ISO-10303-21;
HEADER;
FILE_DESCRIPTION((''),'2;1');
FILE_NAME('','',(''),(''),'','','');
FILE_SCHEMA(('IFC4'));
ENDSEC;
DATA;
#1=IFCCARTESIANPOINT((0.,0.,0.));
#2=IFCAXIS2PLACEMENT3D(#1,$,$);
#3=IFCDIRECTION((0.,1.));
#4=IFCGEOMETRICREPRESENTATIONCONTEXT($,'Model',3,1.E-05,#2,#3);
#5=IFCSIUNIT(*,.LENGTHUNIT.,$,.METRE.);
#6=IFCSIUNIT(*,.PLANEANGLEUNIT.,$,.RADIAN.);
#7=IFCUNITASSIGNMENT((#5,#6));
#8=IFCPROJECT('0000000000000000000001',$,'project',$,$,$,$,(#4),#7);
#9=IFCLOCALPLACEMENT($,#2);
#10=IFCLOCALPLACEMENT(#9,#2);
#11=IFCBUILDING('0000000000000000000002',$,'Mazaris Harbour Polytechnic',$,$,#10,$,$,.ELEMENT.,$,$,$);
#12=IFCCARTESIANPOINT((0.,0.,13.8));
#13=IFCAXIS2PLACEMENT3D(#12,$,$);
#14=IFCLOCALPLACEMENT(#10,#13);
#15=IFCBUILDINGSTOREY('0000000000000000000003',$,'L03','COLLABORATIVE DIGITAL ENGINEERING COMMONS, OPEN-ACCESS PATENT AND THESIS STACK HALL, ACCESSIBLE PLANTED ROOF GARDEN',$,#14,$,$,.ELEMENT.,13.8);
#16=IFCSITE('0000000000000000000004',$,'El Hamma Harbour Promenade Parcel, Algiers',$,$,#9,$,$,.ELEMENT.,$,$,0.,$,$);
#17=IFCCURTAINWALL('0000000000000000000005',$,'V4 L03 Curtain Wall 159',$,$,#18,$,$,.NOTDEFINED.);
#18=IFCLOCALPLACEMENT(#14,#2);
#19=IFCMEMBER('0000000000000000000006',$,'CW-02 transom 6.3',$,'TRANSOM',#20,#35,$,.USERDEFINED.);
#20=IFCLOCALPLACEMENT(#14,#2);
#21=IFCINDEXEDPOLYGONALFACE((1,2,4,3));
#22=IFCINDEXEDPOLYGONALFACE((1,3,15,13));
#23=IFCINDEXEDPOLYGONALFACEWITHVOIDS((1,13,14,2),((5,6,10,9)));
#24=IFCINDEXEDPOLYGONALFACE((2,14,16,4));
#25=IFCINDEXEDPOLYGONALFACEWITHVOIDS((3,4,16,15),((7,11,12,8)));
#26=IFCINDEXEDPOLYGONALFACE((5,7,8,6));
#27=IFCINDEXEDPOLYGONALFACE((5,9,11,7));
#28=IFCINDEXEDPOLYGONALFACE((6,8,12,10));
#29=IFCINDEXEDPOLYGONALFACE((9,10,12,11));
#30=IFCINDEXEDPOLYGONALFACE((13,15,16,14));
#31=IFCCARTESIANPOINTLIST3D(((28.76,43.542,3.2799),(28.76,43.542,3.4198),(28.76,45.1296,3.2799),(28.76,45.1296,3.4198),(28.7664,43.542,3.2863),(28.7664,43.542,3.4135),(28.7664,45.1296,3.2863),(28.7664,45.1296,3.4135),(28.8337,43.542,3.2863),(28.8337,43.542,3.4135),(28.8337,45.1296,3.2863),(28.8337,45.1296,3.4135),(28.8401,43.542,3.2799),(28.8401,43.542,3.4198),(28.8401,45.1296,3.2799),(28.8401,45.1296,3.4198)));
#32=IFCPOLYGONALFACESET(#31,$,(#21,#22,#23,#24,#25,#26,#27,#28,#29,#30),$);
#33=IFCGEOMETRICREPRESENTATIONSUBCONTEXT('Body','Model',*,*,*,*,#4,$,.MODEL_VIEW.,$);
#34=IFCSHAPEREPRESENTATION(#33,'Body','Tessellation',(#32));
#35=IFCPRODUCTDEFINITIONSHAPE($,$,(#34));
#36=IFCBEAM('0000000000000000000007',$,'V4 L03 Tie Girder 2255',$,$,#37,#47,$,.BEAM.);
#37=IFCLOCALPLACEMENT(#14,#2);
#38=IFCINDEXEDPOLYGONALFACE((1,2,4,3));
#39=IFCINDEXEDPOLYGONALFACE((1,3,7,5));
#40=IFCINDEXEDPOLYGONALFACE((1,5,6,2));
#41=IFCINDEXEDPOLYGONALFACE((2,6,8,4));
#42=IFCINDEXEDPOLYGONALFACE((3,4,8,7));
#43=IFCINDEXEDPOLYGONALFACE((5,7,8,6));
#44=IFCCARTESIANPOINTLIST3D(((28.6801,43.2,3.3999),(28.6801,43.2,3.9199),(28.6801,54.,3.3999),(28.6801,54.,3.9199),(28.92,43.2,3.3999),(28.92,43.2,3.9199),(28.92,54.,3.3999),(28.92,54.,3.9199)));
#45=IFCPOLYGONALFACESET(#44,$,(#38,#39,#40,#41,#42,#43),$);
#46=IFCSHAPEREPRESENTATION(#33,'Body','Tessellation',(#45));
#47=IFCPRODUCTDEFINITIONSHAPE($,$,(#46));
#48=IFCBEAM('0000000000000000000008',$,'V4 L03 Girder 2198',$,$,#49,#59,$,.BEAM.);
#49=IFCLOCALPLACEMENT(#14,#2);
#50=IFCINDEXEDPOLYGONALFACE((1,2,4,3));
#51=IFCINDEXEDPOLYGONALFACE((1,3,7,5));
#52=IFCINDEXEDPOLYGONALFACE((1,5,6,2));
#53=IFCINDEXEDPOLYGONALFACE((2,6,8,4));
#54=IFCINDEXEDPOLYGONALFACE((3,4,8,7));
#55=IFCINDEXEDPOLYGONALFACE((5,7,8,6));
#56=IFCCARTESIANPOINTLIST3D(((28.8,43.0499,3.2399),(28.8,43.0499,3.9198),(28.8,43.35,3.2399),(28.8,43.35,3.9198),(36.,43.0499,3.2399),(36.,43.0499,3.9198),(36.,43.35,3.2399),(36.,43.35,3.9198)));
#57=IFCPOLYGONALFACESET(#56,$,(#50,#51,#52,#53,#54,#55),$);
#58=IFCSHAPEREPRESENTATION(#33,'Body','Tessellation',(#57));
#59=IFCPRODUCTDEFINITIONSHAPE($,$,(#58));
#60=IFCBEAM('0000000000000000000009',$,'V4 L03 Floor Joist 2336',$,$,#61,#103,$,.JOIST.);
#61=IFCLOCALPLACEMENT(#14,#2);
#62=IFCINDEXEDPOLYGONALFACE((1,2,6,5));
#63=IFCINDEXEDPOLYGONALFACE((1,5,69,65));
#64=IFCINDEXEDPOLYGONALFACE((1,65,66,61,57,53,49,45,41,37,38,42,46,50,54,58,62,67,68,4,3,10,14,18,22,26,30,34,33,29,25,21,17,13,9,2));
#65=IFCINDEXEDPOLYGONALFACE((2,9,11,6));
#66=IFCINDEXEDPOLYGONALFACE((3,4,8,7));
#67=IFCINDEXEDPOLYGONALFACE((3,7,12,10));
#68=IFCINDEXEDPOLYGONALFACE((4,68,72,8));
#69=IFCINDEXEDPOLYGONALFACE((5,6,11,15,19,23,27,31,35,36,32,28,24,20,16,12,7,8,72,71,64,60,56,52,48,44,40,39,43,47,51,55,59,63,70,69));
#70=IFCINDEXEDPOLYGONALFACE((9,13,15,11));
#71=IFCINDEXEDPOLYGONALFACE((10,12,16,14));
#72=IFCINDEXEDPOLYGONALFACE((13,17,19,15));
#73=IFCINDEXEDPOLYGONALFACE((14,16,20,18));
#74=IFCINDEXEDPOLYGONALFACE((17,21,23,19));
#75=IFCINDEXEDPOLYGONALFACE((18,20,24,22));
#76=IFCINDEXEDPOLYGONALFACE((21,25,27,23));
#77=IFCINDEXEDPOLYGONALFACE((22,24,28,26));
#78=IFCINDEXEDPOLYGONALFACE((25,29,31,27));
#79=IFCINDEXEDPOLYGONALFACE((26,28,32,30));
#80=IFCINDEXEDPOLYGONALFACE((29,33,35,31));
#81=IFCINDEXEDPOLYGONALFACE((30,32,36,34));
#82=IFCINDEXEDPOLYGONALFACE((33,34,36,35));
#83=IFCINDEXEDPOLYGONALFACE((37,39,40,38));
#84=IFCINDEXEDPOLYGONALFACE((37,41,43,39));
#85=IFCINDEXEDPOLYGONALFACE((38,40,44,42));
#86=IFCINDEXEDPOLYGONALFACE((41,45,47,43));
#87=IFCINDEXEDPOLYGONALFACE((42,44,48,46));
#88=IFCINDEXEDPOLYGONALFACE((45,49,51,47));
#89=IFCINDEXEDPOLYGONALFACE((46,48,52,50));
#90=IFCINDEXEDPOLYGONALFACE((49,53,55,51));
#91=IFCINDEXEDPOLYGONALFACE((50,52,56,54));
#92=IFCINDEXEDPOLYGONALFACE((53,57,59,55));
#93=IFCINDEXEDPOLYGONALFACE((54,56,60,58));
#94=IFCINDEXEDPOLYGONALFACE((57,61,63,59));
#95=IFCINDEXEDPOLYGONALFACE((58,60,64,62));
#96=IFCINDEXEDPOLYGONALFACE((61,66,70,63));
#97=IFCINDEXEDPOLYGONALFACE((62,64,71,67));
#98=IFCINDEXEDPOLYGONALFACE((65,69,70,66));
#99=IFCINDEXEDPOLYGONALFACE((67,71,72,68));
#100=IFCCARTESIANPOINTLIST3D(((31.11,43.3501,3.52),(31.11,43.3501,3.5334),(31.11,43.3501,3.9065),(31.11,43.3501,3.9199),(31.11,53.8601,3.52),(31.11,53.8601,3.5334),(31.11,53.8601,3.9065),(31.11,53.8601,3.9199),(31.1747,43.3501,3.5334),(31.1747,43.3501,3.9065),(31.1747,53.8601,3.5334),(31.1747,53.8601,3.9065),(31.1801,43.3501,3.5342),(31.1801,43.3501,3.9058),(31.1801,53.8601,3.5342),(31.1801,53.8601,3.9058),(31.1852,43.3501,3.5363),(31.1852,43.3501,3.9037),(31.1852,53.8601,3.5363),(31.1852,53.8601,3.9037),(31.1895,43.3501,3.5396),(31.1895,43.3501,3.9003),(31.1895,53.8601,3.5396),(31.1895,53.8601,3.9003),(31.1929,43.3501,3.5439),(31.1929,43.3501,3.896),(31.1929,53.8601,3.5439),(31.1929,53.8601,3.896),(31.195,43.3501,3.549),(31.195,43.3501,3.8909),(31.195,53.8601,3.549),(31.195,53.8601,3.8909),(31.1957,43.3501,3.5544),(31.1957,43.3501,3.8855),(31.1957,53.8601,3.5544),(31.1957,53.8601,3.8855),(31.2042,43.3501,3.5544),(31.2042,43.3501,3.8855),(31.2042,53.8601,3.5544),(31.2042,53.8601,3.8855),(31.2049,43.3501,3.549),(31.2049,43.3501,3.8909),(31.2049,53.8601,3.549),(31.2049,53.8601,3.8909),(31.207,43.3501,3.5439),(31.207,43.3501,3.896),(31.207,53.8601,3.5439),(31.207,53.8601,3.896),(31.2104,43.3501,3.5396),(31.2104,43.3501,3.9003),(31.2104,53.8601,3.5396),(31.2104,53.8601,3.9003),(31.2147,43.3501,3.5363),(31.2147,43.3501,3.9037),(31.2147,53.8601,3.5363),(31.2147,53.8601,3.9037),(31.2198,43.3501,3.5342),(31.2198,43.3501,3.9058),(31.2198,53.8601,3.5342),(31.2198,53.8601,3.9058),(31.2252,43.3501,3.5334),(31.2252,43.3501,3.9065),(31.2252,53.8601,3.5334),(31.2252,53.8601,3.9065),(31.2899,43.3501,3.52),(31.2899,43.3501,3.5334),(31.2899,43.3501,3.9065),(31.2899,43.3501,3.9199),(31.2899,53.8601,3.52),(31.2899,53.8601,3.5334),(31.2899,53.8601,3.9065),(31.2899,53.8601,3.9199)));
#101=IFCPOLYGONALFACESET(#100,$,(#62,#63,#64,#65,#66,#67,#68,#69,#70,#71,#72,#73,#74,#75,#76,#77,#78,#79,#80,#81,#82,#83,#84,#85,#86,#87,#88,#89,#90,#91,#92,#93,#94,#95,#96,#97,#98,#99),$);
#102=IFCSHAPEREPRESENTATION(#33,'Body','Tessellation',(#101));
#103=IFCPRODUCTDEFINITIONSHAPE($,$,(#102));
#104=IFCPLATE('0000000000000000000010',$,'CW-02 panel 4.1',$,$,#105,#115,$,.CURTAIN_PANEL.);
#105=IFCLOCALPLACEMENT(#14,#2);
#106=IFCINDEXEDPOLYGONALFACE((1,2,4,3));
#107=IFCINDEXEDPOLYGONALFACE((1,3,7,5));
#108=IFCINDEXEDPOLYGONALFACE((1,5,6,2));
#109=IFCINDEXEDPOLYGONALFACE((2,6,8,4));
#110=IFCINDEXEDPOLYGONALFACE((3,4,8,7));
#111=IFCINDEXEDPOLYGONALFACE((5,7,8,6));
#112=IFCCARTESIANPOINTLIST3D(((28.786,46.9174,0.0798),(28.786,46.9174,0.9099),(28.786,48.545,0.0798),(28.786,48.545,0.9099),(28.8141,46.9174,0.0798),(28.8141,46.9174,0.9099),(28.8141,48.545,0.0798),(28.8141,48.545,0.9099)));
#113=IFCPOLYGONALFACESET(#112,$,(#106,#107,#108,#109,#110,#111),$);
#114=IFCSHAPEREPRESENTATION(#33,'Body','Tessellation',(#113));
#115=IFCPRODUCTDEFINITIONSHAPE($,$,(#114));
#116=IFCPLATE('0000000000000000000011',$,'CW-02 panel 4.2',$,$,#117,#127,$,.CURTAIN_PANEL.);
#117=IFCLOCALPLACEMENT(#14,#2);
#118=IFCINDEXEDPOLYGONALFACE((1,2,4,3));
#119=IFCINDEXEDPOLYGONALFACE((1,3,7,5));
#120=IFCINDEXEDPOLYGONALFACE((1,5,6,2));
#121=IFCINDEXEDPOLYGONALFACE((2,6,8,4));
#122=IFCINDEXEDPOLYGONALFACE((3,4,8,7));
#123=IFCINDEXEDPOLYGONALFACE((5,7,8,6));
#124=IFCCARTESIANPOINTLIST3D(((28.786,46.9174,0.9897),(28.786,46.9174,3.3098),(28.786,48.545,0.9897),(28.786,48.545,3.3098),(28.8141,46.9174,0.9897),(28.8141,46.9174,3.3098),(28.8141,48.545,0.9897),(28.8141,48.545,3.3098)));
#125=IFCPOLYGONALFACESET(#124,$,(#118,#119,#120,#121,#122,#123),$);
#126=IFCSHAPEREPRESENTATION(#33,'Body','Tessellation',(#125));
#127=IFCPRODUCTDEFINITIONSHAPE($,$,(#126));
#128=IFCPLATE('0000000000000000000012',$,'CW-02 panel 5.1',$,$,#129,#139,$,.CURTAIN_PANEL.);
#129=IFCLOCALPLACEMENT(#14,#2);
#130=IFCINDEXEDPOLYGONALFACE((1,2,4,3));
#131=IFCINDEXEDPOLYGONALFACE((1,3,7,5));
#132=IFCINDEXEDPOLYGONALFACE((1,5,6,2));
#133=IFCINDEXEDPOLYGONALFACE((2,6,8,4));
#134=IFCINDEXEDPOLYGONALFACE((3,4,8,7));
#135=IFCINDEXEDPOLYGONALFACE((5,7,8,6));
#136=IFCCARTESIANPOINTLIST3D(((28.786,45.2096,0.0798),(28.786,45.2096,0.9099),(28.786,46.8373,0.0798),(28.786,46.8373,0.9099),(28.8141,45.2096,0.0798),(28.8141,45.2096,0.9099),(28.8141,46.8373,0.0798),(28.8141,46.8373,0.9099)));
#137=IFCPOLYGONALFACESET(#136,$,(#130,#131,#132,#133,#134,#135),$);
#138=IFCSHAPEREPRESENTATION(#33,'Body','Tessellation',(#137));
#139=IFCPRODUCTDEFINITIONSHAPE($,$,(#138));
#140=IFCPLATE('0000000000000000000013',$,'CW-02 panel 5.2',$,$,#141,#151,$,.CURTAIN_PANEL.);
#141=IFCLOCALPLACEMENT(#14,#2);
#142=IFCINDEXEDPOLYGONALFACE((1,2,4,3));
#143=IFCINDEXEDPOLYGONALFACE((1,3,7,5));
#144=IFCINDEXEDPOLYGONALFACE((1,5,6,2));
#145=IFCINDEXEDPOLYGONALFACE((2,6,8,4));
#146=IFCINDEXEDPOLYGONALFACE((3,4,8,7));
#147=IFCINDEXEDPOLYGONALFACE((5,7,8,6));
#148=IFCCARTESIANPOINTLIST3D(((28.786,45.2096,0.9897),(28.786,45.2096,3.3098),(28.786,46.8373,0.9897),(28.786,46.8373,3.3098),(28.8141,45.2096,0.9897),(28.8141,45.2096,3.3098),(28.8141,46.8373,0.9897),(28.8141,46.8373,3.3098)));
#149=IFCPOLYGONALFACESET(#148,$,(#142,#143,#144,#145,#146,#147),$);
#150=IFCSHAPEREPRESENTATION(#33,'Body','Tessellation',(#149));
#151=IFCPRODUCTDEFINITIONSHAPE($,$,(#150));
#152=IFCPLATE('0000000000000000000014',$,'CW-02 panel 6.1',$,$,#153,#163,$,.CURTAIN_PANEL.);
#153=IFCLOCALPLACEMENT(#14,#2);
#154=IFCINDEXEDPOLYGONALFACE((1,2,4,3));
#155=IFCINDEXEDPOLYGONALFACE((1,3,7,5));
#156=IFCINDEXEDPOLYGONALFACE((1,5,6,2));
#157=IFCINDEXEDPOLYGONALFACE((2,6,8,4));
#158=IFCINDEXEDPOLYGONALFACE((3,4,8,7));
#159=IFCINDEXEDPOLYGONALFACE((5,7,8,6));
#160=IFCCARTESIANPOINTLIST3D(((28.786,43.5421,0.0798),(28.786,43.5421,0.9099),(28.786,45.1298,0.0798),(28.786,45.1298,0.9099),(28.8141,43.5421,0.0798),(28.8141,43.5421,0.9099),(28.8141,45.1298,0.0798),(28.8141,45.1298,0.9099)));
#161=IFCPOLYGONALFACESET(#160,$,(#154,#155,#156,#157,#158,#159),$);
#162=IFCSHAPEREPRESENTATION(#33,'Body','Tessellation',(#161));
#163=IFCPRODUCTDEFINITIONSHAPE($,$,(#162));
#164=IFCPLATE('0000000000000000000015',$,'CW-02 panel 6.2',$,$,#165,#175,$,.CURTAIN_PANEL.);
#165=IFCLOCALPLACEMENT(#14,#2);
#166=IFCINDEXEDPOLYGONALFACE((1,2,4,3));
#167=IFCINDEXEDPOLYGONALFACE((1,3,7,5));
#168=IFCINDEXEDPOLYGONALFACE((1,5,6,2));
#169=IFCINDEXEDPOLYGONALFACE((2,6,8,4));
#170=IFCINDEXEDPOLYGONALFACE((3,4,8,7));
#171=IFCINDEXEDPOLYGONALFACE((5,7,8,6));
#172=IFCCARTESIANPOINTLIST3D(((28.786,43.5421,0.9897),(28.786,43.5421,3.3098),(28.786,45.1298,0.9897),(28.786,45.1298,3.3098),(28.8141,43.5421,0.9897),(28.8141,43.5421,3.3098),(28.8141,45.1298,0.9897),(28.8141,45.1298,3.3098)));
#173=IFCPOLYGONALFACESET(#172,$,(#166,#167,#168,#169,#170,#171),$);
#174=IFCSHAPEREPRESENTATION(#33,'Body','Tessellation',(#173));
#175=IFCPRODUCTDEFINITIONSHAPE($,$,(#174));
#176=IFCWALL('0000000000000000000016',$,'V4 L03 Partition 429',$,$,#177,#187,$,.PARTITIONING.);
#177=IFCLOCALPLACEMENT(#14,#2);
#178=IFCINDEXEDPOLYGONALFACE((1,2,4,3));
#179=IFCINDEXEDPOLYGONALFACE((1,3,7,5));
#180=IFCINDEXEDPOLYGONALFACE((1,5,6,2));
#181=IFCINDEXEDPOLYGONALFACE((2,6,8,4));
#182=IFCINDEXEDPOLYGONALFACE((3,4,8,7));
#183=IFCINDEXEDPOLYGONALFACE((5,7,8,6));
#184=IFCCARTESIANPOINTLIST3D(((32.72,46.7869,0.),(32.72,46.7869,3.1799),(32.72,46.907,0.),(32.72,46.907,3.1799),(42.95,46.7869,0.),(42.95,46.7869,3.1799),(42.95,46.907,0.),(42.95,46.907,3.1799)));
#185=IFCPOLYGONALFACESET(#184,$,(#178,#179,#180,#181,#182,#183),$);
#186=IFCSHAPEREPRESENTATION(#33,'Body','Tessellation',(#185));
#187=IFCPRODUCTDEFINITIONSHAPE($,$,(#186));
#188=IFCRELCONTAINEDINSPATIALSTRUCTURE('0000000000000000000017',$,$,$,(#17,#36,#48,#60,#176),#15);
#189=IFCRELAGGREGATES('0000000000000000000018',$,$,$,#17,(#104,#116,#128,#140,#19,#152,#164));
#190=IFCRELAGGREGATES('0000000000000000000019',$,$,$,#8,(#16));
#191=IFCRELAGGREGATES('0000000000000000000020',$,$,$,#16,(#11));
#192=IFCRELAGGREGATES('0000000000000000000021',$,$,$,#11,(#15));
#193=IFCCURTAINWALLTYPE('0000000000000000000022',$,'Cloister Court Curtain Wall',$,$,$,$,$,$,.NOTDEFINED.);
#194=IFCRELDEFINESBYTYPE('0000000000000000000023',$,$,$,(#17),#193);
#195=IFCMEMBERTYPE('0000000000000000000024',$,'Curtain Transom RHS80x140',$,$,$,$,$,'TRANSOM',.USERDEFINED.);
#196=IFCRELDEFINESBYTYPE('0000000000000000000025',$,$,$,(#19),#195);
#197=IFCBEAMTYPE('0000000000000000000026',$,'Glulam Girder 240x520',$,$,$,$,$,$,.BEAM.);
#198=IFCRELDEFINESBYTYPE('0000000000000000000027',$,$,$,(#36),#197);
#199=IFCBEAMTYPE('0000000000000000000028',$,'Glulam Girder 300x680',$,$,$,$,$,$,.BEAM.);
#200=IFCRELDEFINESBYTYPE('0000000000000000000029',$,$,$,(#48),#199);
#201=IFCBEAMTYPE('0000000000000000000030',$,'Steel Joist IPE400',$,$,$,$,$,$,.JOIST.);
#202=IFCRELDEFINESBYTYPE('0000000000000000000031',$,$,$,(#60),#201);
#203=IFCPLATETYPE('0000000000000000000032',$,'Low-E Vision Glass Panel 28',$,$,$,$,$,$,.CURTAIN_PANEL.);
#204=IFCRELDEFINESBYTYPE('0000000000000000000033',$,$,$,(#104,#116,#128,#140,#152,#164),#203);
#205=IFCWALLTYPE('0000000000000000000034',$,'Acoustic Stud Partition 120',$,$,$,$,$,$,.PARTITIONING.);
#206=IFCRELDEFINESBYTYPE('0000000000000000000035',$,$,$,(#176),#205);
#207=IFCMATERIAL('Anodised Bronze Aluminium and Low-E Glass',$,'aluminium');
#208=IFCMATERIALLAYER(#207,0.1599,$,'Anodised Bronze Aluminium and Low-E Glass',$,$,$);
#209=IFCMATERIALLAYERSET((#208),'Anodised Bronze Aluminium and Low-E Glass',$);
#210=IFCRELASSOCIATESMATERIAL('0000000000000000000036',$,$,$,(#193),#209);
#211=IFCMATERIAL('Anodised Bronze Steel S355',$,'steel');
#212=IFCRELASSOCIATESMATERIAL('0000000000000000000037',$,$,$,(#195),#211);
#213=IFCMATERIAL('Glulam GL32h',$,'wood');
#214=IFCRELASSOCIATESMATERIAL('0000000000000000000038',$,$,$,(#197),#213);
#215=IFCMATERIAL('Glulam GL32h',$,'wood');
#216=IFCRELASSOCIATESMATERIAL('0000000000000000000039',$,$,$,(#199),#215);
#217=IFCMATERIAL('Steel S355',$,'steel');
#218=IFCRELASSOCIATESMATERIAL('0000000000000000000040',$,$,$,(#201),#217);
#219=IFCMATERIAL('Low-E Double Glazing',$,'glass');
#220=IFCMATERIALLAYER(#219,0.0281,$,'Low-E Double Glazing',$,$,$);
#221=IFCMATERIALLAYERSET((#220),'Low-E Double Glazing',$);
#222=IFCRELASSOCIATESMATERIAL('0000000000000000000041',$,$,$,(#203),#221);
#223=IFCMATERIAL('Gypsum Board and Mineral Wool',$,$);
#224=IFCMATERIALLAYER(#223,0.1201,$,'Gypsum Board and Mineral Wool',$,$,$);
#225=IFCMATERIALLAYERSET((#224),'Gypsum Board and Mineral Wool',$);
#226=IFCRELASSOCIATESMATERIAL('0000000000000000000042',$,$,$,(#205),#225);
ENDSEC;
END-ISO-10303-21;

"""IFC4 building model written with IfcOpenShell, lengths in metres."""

from ifc_helpers import new_model, si_unit, direction, frame, frame_2d, origin, origin_2d, place, context, subcontext, project, spatial, rectangle, hollow_rectangle, i_section, extrude, material, layer, layer_set, material_profile, profile_set, type_object, element, aggregate, save


model = new_model("IFC4")

# Units and contexts
model_context = context("Model", 3, precision=1e-05, world=origin(), true_north=direction((0.0, 1.0)))
body_context = subcontext(model_context, "Body", "Model", "MODEL_VIEW")
ifc_project = project(units=[si_unit("LENGTHUNIT", "METRE"), si_unit("PLANEANGLEUNIT", "RADIAN")], contexts=[model_context])

# Site, building, storey
site_placement = place(None, origin())
site = spatial("IfcSite", under=ifc_project, at=site_placement, Name="El Hamma Harbour Promenade Parcel, Algiers", CompositionType="ELEMENT", RefElevation=0.0)
building_placement = place(site_placement, origin())
building = spatial("IfcBuilding", under=site, at=building_placement, Name="Mazaris Harbour Polytechnic", CompositionType="ELEMENT")
storey_placement = place(building_placement, frame((0.0, 0.0, 13.8)))
storey = spatial("IfcBuildingStorey", under=building, at=storey_placement, Name="L03", Description="COLLABORATIVE DIGITAL ENGINEERING COMMONS, OPEN-ACCESS PATENT AND THESIS STACK HALL, ACCESSIBLE PLANTED ROOF GARDEN", CompositionType="ELEMENT", Elevation=13.8)

# Shared definitions
ifc_material_1 = material(Name="Anodised Bronze Aluminium and Low-E Glass", Category="aluminium")
ifc_layer_1 = layer(ifc_material_1, 0.1599, Name="Anodised Bronze Aluminium and Low-E Glass")
ifc_layer_set_1 = layer_set([ifc_layer_1], Name="Anodised Bronze Aluminium and Low-E Glass")
curtain_wall_type = type_object("IfcCurtainWallType", Name="Cloister Court Curtain Wall", PredefinedType="NOTDEFINED", material=ifc_layer_set_1)

# Curtain wall, member
curtain_wall_1_placement = place(storey_placement, origin())
curtain_wall_1 = element("IfcCurtainWall", 1, at=curtain_wall_1_placement, inside=storey, type_object=curtain_wall_type, Name="V4 L03 Curtain Wall 159", PredefinedType="NOTDEFINED")
ifc_material_2 = material(Name="Anodised Bronze Steel S355", Category="steel")
ifc_material_profile_1 = material_profile(ifc_material_2, hollow_rectangle(XDim=0.0801, YDim=0.1399, WallThickness=0.0063, at=origin_2d()), Name="RHS 80x140x6.3")
ifc_profile_set_1 = profile_set([ifc_material_profile_1], Name="Anodised Bronze Steel S355")
member_type_1 = type_object("IfcMemberType", Name="Curtain Transom RHS80x140", ElementType="TRANSOM", PredefinedType="USERDEFINED", material=ifc_profile_set_1)
member_1_placement = place(storey_placement, frame((28.8, 45.1296, 3.3499), z_axis=(0.0, -1.0, 0.0), x_axis=(1.0, 0.0, 0.0)))
member_1 = element("IfcMember", 2, at=member_1_placement, type_object=member_type_1, Name="CW-02 transom 6.3", ObjectType="TRANSOM", PredefinedType="USERDEFINED", context=body_context, shape_type="SweptSolid", body=[
    extrude(hollow_rectangle(XDim=0.0801, YDim=0.1399, WallThickness=0.0063, at=origin_2d()), origin(), (0.0, 0.0, 1.0), 1.5876),
])

# Beams
ifc_material_3 = material(Name="Glulam GL32h", Category="wood")
ifc_material_profile_2 = material_profile(ifc_material_3, rectangle(XDim=0.24, YDim=0.52, at=origin_2d()), Name="RECT240x520")
ifc_profile_set_2 = profile_set([ifc_material_profile_2], Name="Glulam GL32h")
beam_type_1 = type_object("IfcBeamType", Name="Glulam Girder 240x520", PredefinedType="BEAM", material=ifc_profile_set_2)
beam_1_placement = place(storey_placement, frame((28.8, 43.2, 3.6599), z_axis=(0.0, 1.0, 0.0), x_axis=(-1.0, 0.0, 0.0)))
element("IfcBeam", 3, at=beam_1_placement, inside=storey, type_object=beam_type_1, Name="V4 L03 Tie Girder 2255", PredefinedType="BEAM", context=body_context, shape_type="SweptSolid", body=[
    extrude(rectangle(XDim=0.24, YDim=0.52, at=origin_2d()), origin(), (0.0, 0.0, 1.0), 10.8),
])
ifc_material_4 = material(Name="Glulam GL32h", Category="wood")
ifc_material_profile_3 = material_profile(ifc_material_4, rectangle(XDim=0.3, YDim=0.6799, at=origin_2d()), Name="RECT300x680")
ifc_profile_set_3 = profile_set([ifc_material_profile_3], Name="Glulam GL32h")
beam_type_2 = type_object("IfcBeamType", Name="Glulam Girder 300x680", PredefinedType="BEAM", material=ifc_profile_set_3)
beam_2_placement = place(storey_placement, frame((28.8, 43.2, 3.5798), z_axis=(1.0, 0.0, 0.0), x_axis=(0.0, 1.0, 0.0)))
element("IfcBeam", 4, at=beam_2_placement, inside=storey, type_object=beam_type_2, Name="V4 L03 Girder 2198", PredefinedType="BEAM", context=body_context, shape_type="SweptSolid", body=[
    extrude(rectangle(XDim=0.3, YDim=0.6799, at=origin_2d()), origin(), (0.0, 0.0, 1.0), 7.2),
])
ifc_material_5 = material(Name="Steel S355", Category="steel")
ifc_material_profile_4 = material_profile(ifc_material_5, i_section(OverallWidth=0.1799, OverallDepth=0.3999, WebThickness=0.0085, FlangeThickness=0.0134, FilletRadius=0.021, at=origin_2d()), Name="IPE 400")
ifc_profile_set_4 = profile_set([ifc_material_profile_4], Name="Steel S355")
beam_type_3 = type_object("IfcBeamType", Name="Steel Joist IPE400", PredefinedType="JOIST", material=ifc_profile_set_4)
beam_3_placement = place(storey_placement, frame((31.2, 43.3501, 3.72), z_axis=(0.0, 1.0, 0.0), x_axis=(-1.0, 0.0, 0.0)))
element("IfcBeam", 5, at=beam_3_placement, inside=storey, type_object=beam_type_3, Name="V4 L03 Floor Joist 2336", PredefinedType="JOIST", context=body_context, shape_type="SweptSolid", body=[
    extrude(i_section(OverallWidth=0.1799, OverallDepth=0.3999, WebThickness=0.0085, FlangeThickness=0.0134, FilletRadius=0.021, at=origin_2d()), origin(), (0.0, 0.0, 1.0), 10.51),
])

# Plates
ifc_material_6 = material(Name="Low-E Double Glazing", Category="glass")
ifc_layer_2 = layer(ifc_material_6, 0.0281, Name="Low-E Double Glazing")
ifc_layer_set_2 = layer_set([ifc_layer_2], Name="Low-E Double Glazing")
plate_type = type_object("IfcPlateType", Name="Low-E Vision Glass Panel 28", PredefinedType="CURTAIN_PANEL", material=ifc_layer_set_2)
plate_1_placement = place(storey_placement, frame((28.8, 47.7312, 0.0798), z_axis=(0.0, 0.0, 1.0), x_axis=(0.0, -1.0, 0.0)))
plate_1 = element("IfcPlate", 6, at=plate_1_placement, type_object=plate_type, Name="CW-02 panel 4.1", PredefinedType="CURTAIN_PANEL", context=body_context, shape_type="SweptSolid", body=[
    extrude(rectangle(XDim=1.6277, YDim=0.0281, at=origin_2d()), origin(), (0.0, 0.0, 1.0), 0.8301),
])
plate_2_placement = place(storey_placement, frame((28.8, 47.7312, 0.9897), z_axis=(0.0, 0.0, 1.0), x_axis=(0.0, -1.0, 0.0)))
plate_2 = element("IfcPlate", 7, at=plate_2_placement, type_object=plate_type, Name="CW-02 panel 4.2", PredefinedType="CURTAIN_PANEL", context=body_context, shape_type="SweptSolid", body=[
    extrude(rectangle(XDim=1.6277, YDim=0.0281, at=origin_2d()), origin(), (0.0, 0.0, 1.0), 2.3201),
])
plate_3_placement = place(storey_placement, frame((28.8, 46.0234, 0.0798), z_axis=(0.0, 0.0, 1.0), x_axis=(0.0, -1.0, 0.0)))
plate_3 = element("IfcPlate", 8, at=plate_3_placement, type_object=plate_type, Name="CW-02 panel 5.1", PredefinedType="CURTAIN_PANEL", context=body_context, shape_type="SweptSolid", body=[
    extrude(rectangle(XDim=1.6277, YDim=0.0281, at=origin_2d()), origin(), (0.0, 0.0, 1.0), 0.8301),
])
plate_4_placement = place(storey_placement, frame((28.8, 46.0234, 0.9897), z_axis=(0.0, 0.0, 1.0), x_axis=(0.0, -1.0, 0.0)))
plate_4 = element("IfcPlate", 9, at=plate_4_placement, type_object=plate_type, Name="CW-02 panel 5.2", PredefinedType="CURTAIN_PANEL", context=body_context, shape_type="SweptSolid", body=[
    extrude(rectangle(XDim=1.6277, YDim=0.0281, at=origin_2d()), origin(), (0.0, 0.0, 1.0), 2.3201),
])
plate_5_placement = place(storey_placement, frame((28.8, 44.3359, 0.0798), z_axis=(0.0, 0.0, 1.0), x_axis=(0.0, -1.0, 0.0)))
plate_5 = element("IfcPlate", 10, at=plate_5_placement, type_object=plate_type, Name="CW-02 panel 6.1", PredefinedType="CURTAIN_PANEL", context=body_context, shape_type="SweptSolid", body=[
    extrude(rectangle(XDim=1.5876, YDim=0.0281, at=origin_2d()), origin(), (0.0, 0.0, 1.0), 0.8301),
])
plate_6_placement = place(storey_placement, frame((28.8, 44.3359, 0.9897), z_axis=(0.0, 0.0, 1.0), x_axis=(0.0, -1.0, 0.0)))
plate_6 = element("IfcPlate", 11, at=plate_6_placement, type_object=plate_type, Name="CW-02 panel 6.2", PredefinedType="CURTAIN_PANEL", context=body_context, shape_type="SweptSolid", body=[
    extrude(rectangle(XDim=1.5876, YDim=0.0281, at=origin_2d()), origin(), (0.0, 0.0, 1.0), 2.3201),
])
aggregate(curtain_wall_1, [plate_1, plate_2, plate_3, plate_4, member_1, plate_5, plate_6])

# Wall
ifc_material_7 = material(Name="Gypsum Board and Mineral Wool")
ifc_layer_3 = layer(ifc_material_7, 0.1201, Name="Gypsum Board and Mineral Wool")
ifc_layer_set_3 = layer_set([ifc_layer_3], Name="Gypsum Board and Mineral Wool")
wall_type_1 = type_object("IfcWallType", Name="Acoustic Stud Partition 120", PredefinedType="PARTITIONING", material=ifc_layer_set_3)
wall_1_placement = place(storey_placement, frame((32.72, 46.8469, 0.0), z_axis=(0.0, 0.0, 1.0), x_axis=(1.0, 0.0, 0.0)))
element("IfcWall", 12, at=wall_1_placement, inside=storey, type_object=wall_type_1, Name="V4 L03 Partition 429", PredefinedType="PARTITIONING", context=body_context, shape_type="SweptSolid", body=[
    extrude(rectangle(XDim=10.23, YDim=0.1201, at=frame_2d((5.115, 0.0))), origin(), (0.0, 0.0, 1.0), 3.1799),
])

save(model, "model.ifc")
